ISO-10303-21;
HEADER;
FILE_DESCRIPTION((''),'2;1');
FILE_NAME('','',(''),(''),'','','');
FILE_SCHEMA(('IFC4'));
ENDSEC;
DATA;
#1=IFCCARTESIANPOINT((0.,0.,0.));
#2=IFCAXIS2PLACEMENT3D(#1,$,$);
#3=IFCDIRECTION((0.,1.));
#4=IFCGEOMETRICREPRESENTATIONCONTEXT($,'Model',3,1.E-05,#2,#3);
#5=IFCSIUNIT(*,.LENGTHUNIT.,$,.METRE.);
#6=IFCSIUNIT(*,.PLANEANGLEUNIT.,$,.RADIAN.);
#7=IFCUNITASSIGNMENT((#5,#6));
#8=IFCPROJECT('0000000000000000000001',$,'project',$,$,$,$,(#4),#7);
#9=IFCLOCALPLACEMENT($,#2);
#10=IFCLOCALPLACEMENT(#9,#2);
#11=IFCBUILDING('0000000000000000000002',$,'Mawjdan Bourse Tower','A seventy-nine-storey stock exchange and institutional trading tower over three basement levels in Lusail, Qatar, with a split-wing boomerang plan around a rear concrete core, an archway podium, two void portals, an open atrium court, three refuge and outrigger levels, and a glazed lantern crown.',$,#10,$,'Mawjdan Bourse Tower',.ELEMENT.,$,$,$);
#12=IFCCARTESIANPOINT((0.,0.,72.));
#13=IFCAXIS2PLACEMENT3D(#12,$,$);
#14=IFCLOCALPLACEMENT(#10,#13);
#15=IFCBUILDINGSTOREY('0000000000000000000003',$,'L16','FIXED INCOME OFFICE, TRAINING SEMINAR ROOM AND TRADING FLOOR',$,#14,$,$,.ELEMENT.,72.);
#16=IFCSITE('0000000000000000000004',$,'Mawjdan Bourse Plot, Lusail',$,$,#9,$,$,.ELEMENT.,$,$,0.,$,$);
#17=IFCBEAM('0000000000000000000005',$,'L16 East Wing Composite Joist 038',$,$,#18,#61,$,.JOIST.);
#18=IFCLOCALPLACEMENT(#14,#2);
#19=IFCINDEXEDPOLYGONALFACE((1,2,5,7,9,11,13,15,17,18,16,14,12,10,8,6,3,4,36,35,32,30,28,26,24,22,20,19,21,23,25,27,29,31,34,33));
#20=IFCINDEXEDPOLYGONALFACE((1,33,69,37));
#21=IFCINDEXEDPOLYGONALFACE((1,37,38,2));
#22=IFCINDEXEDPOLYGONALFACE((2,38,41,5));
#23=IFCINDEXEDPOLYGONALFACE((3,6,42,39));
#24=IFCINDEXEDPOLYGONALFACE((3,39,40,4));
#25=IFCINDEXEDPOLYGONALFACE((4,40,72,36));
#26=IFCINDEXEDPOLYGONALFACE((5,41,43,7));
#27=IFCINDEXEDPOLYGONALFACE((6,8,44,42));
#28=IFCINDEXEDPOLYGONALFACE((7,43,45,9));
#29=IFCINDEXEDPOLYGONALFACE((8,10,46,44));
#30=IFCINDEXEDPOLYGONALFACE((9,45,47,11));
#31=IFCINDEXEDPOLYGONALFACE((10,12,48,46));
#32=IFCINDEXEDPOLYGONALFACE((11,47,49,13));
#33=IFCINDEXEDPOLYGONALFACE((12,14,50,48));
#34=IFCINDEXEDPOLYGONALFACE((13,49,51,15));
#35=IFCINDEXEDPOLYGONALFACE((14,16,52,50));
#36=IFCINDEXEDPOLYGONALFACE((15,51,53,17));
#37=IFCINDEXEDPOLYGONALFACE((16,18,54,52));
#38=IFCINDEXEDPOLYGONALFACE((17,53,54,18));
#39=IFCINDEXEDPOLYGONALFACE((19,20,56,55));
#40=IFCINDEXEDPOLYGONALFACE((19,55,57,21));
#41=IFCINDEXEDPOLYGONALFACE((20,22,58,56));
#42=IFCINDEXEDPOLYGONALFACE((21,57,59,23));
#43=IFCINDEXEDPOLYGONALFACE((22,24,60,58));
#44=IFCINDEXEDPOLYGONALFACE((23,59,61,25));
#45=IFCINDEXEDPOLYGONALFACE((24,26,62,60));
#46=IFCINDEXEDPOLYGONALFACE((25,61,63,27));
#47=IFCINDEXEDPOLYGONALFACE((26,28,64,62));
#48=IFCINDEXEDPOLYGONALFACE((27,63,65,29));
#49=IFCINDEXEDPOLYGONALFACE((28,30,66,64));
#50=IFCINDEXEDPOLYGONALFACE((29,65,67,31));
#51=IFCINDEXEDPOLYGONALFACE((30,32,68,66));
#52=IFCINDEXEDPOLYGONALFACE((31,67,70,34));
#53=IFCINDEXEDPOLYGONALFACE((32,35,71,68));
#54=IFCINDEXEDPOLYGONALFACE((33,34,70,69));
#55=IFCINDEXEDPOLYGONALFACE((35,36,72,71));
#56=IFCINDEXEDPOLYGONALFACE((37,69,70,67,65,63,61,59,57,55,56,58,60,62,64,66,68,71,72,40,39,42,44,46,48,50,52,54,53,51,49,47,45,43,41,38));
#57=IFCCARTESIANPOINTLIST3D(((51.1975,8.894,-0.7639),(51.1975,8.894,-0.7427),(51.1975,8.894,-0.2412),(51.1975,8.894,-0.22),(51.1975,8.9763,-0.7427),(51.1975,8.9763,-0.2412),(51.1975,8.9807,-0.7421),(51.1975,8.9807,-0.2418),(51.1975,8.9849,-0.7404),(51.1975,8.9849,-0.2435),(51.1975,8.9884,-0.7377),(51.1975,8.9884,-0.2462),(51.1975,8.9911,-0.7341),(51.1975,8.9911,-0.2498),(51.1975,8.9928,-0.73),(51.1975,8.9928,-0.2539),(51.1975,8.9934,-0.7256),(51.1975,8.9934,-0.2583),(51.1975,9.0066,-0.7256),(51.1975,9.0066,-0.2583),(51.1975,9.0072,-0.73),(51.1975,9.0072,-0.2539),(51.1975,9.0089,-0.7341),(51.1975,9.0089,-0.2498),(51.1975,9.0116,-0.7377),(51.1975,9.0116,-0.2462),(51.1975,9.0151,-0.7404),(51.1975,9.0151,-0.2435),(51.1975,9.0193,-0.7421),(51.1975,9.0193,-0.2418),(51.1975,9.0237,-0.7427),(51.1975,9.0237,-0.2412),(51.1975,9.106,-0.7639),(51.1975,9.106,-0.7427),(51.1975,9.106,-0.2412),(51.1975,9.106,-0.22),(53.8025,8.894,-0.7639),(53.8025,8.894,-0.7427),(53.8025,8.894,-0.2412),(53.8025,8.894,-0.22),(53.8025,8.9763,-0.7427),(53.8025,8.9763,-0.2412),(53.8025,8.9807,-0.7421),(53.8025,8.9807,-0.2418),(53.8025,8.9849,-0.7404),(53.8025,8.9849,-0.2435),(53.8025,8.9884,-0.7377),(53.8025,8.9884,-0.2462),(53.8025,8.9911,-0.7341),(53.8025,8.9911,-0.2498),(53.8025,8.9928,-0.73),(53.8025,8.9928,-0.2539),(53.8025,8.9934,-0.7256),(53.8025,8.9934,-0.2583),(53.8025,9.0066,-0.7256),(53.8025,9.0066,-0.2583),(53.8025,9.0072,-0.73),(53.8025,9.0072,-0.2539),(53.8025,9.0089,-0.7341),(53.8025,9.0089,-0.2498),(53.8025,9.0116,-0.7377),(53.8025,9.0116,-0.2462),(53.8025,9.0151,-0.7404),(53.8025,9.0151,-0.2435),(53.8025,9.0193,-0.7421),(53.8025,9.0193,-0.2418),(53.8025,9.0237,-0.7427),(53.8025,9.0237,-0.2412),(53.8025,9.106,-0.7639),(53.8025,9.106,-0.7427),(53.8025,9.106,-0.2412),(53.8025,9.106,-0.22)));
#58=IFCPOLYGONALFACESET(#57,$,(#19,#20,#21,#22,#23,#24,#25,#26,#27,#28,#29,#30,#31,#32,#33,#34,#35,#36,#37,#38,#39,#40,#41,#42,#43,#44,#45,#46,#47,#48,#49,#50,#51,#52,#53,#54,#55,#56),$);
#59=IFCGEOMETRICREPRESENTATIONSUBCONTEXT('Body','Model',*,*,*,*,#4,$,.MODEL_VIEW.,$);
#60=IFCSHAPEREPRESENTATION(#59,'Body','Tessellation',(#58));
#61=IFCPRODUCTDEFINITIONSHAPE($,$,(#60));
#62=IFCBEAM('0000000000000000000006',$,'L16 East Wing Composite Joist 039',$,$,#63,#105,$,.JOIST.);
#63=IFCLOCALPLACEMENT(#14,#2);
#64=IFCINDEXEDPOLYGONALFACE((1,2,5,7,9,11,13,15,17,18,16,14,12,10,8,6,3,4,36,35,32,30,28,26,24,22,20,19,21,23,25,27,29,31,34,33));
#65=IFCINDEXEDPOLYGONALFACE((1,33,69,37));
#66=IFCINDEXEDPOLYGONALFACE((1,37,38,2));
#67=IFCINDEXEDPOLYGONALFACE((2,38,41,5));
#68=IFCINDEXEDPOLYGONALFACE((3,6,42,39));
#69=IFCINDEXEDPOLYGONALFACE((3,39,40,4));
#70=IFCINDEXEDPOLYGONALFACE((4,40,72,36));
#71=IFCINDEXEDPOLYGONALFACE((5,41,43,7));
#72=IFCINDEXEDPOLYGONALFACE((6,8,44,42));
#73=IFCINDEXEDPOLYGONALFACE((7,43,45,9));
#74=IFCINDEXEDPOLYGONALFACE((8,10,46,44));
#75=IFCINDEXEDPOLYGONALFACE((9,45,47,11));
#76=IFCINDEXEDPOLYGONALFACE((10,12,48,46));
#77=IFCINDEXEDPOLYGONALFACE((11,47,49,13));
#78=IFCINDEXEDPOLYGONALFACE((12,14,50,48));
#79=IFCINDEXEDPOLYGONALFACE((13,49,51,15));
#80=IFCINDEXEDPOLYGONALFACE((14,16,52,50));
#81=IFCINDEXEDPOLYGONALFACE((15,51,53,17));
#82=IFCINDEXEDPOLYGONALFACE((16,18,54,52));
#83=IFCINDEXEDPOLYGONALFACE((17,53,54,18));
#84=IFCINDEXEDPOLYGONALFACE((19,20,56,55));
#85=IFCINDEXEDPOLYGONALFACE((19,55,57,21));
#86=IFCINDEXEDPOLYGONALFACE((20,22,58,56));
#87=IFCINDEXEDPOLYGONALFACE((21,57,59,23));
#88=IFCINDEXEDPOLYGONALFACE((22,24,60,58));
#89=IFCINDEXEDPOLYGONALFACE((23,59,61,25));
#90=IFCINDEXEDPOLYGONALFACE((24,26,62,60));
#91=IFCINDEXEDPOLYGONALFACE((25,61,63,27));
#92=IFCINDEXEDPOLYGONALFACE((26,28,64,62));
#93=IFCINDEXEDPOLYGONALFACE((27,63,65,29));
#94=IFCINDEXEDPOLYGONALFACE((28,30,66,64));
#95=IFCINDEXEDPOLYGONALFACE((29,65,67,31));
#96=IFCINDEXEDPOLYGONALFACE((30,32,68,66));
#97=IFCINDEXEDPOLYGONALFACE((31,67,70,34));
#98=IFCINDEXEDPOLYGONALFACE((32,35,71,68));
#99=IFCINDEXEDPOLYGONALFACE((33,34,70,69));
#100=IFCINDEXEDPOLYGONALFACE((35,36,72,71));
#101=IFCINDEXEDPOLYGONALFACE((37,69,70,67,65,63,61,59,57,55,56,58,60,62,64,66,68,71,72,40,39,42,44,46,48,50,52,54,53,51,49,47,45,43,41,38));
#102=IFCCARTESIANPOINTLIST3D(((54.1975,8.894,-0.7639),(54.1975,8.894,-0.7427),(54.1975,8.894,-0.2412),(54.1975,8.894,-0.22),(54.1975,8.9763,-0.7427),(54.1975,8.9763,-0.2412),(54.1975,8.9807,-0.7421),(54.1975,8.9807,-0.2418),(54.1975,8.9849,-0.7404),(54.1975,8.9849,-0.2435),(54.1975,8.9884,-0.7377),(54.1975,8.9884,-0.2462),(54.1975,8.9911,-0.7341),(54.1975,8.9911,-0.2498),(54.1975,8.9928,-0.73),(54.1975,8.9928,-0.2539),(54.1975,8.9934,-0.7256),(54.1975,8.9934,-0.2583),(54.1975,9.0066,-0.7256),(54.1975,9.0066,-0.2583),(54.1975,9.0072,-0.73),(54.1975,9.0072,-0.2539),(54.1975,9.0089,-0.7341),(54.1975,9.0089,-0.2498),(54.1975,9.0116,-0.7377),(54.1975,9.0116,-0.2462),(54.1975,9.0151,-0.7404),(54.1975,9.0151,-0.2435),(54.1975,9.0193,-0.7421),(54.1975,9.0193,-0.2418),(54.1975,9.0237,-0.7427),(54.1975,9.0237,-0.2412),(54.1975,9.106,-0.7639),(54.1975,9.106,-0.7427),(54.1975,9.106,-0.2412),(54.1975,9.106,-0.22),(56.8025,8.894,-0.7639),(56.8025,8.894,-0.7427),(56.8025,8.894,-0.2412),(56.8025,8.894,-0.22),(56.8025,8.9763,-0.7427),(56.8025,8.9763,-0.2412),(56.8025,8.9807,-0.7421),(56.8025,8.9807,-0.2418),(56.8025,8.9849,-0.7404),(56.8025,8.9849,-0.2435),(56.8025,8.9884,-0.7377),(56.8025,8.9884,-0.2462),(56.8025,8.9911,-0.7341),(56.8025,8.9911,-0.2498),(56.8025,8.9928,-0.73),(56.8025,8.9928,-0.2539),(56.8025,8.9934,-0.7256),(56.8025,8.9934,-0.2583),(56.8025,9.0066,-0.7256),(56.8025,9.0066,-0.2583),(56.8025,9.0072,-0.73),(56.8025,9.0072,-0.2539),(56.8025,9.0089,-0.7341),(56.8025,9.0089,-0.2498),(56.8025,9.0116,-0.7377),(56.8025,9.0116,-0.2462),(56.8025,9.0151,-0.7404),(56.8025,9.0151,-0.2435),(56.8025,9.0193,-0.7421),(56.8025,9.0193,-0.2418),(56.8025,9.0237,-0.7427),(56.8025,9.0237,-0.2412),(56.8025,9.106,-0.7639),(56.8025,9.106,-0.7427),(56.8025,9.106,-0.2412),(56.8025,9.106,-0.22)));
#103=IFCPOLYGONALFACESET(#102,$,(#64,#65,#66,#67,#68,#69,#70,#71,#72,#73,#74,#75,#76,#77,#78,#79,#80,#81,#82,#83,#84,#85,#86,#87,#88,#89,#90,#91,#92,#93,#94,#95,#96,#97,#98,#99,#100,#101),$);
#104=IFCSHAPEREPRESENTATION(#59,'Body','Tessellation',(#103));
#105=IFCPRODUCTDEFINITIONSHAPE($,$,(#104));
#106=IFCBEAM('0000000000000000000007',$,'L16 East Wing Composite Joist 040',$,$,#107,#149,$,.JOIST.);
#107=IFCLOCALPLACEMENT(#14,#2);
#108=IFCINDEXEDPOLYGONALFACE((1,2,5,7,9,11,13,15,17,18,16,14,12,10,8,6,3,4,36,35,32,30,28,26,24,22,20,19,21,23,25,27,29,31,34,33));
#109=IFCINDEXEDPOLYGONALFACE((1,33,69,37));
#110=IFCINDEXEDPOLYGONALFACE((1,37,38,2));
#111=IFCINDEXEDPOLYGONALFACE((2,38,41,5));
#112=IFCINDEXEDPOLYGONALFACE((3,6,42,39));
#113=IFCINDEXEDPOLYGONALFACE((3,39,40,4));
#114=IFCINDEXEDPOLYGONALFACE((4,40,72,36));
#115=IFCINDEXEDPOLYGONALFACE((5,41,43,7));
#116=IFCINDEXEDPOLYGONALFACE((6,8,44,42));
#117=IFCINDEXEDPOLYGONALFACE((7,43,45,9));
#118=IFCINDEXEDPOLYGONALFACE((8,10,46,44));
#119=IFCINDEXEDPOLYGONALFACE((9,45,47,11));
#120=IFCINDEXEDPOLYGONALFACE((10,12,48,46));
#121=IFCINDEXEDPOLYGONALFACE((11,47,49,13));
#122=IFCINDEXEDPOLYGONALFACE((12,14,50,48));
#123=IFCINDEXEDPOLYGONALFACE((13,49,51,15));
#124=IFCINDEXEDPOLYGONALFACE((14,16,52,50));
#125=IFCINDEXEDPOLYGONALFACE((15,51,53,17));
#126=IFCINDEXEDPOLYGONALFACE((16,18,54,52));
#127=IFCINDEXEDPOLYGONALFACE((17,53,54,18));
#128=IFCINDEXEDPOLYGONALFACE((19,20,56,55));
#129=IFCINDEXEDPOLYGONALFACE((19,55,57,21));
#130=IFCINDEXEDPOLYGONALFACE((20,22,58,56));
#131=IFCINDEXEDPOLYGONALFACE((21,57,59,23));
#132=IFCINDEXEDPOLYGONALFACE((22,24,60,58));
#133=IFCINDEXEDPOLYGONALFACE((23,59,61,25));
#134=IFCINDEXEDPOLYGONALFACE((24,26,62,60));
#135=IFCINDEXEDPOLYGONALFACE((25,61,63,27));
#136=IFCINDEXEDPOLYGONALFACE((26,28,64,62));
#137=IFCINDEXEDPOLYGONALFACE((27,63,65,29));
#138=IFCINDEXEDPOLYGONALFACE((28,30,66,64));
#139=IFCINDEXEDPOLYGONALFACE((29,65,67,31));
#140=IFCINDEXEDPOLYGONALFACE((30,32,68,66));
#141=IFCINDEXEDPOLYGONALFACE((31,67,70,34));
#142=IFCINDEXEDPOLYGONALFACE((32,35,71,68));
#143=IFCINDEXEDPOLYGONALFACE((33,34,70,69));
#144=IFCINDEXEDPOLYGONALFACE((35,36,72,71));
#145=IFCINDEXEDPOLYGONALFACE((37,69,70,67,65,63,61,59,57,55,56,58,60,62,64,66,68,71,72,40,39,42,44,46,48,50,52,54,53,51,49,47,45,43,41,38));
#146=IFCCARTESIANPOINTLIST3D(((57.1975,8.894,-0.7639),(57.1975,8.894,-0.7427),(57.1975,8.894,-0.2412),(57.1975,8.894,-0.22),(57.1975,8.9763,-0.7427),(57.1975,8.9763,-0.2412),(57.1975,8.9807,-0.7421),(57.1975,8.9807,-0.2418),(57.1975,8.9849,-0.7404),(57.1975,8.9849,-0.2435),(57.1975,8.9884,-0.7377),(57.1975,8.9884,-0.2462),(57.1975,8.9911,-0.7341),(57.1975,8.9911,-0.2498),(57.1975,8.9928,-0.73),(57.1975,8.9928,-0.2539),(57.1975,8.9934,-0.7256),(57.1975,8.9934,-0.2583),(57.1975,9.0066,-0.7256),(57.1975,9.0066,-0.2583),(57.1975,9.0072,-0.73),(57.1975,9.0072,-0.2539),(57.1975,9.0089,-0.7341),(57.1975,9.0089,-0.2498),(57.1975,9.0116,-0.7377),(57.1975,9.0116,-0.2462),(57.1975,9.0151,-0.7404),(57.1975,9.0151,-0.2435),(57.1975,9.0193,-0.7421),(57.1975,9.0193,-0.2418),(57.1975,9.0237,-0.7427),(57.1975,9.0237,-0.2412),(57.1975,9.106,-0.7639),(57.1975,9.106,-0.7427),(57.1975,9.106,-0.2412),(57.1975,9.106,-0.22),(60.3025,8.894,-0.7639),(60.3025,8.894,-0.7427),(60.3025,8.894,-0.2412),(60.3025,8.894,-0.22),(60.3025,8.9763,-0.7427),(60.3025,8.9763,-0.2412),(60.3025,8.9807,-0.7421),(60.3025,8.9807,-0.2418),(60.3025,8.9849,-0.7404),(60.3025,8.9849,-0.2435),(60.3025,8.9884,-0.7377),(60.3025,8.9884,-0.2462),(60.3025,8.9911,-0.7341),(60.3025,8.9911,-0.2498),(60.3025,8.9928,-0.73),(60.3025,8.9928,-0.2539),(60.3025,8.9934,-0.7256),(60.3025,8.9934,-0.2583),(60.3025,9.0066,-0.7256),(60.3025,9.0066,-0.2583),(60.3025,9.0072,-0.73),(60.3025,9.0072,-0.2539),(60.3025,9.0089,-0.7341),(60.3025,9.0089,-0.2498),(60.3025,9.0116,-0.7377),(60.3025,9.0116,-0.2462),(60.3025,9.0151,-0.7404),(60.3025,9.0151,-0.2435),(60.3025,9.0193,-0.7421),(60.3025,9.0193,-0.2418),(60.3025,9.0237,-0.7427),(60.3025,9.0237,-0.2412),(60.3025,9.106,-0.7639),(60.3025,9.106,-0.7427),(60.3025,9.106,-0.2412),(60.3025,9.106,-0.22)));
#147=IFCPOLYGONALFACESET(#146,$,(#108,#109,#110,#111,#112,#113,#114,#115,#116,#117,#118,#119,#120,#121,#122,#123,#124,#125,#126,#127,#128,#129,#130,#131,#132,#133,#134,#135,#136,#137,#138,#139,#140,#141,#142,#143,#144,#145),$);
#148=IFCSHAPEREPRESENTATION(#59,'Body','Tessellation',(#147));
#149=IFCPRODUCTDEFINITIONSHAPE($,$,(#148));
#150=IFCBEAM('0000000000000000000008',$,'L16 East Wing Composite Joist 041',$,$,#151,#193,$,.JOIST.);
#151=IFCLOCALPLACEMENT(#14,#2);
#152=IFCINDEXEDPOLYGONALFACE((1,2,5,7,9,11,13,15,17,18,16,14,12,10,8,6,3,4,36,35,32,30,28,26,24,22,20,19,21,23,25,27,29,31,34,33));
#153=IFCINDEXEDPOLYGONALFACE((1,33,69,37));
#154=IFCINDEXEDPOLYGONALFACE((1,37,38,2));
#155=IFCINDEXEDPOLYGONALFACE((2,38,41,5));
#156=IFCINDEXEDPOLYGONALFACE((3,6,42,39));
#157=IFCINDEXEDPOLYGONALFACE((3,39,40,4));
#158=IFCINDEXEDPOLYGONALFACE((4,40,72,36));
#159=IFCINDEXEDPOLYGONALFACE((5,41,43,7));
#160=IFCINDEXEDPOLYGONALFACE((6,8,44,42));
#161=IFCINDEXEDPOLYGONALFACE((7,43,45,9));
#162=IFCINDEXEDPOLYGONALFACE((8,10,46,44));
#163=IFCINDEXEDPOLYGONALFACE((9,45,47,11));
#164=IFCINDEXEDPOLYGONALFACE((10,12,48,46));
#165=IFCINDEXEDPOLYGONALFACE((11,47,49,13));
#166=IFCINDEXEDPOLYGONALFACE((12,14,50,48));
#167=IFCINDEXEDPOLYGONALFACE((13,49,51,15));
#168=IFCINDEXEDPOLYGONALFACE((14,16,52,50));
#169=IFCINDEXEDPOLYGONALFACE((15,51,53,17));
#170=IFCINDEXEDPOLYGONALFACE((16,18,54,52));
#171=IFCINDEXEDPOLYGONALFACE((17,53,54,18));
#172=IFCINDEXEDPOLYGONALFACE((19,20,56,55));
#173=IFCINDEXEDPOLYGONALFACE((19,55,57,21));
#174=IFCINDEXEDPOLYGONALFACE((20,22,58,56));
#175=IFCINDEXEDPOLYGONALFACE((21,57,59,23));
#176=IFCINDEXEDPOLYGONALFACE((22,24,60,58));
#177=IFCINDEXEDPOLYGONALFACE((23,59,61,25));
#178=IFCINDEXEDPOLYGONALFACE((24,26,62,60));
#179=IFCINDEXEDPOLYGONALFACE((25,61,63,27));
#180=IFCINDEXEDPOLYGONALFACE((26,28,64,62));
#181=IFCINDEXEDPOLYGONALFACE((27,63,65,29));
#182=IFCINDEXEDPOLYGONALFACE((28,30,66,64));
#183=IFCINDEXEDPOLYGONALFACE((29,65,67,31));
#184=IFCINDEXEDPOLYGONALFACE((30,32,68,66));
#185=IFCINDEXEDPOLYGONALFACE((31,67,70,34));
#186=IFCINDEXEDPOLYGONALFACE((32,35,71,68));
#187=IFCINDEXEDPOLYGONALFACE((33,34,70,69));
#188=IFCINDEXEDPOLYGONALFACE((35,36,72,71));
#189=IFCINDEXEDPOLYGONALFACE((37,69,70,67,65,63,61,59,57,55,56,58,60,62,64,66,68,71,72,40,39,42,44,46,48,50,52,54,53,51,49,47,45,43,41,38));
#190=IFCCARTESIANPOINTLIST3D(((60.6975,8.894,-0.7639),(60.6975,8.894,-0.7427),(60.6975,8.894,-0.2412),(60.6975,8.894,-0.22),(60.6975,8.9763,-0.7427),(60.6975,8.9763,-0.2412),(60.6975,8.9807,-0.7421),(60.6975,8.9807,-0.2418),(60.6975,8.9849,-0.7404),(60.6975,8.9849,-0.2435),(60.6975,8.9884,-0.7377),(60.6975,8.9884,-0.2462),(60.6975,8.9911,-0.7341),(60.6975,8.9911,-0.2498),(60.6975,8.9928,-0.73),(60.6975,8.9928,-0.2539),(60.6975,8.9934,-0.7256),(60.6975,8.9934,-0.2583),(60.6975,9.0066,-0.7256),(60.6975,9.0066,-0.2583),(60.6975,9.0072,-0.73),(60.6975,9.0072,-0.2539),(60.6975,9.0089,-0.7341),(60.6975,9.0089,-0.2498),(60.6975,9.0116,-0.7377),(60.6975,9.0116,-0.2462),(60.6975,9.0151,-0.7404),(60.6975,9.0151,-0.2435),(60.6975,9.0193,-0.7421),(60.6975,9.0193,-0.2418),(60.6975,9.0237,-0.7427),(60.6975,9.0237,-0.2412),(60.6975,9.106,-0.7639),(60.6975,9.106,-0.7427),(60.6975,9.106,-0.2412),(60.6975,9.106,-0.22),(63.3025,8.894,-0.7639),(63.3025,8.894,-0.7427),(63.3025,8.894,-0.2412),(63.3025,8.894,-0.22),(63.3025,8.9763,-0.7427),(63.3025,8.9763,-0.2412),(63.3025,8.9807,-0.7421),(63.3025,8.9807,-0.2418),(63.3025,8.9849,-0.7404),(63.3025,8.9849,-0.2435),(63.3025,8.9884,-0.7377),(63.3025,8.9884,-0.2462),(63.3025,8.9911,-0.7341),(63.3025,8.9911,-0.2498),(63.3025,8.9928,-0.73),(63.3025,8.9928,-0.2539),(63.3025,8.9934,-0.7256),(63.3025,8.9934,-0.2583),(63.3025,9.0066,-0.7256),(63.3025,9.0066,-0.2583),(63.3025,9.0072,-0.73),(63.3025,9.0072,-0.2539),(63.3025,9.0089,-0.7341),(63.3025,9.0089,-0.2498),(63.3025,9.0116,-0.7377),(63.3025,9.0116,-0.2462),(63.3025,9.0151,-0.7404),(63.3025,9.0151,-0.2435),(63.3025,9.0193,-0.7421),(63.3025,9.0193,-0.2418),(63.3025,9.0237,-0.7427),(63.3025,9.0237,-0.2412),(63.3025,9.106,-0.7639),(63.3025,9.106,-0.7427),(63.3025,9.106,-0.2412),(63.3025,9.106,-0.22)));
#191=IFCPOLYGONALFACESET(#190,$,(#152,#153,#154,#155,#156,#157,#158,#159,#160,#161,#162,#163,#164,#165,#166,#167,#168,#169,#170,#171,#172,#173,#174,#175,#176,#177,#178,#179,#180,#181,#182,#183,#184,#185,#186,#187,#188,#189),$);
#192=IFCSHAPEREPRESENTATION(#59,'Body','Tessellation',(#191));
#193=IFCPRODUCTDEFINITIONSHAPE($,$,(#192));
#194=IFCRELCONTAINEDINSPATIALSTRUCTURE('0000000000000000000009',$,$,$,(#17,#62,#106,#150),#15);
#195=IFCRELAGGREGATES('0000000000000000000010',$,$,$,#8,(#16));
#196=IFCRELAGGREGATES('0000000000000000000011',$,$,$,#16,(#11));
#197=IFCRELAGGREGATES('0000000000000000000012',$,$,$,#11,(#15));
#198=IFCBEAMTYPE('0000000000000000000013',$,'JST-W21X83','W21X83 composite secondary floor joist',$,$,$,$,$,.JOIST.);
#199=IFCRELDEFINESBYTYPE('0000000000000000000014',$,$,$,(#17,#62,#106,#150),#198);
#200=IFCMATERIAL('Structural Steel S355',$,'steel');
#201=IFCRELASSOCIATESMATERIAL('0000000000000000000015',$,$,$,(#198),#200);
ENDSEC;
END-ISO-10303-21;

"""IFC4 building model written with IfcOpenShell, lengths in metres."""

from ifc_helpers import new_model, si_unit, direction, frame, origin, origin_2d, place, context, subcontext, project, spatial, i_section, extrude, material, material_profile, profile_set, type_object, element, save


model = new_model("IFC4")

# Units and contexts
model_context = context("Model", 3, precision=1e-05, world=origin(), true_north=direction((0.0, 1.0)))
body_context = subcontext(model_context, "Body", "Model", "MODEL_VIEW")
ifc_project = project(units=[si_unit("LENGTHUNIT", "METRE"), si_unit("PLANEANGLEUNIT", "RADIAN")], contexts=[model_context])

# Site, building, storey
site_placement = place(None, origin())
site = spatial("IfcSite", under=ifc_project, at=site_placement, Name="Mawjdan Bourse Plot, Lusail", CompositionType="ELEMENT", RefElevation=0.0)
building_placement = place(site_placement, origin())
building = spatial("IfcBuilding", under=site, at=building_placement, Name="Mawjdan Bourse Tower", Description="A seventy-nine-storey stock exchange and institutional trading tower over three basement levels in Lusail, Qatar, with a split-wing boomerang plan around a rear concrete core, an archway podium, two void portals, an open atrium court, three refuge and outrigger levels, and a glazed lantern crown.", LongName="Mawjdan Bourse Tower", CompositionType="ELEMENT")
storey_placement = place(building_placement, frame((0.0, 0.0, 72.0)))
storey = spatial("IfcBuildingStorey", under=building, at=storey_placement, Name="L16", Description="FIXED INCOME OFFICE, TRAINING SEMINAR ROOM AND TRADING FLOOR", CompositionType="ELEMENT", Elevation=72.0)

# Beams
ifc_material_1 = material(Name="Structural Steel S355", Category="steel")
ifc_material_profile_1 = material_profile(ifc_material_1, i_section(OverallWidth=0.2119, OverallDepth=0.5439, WebThickness=0.0132, FlangeThickness=0.0212, FilletRadius=0.0171, at=origin_2d()), Name="W21X83")
ifc_profile_set_1 = profile_set([ifc_material_profile_1], Name="Structural Steel S355")
beam_type_1 = type_object("IfcBeamType", Name="JST-W21X83", Description="W21X83 composite secondary floor joist", PredefinedType="JOIST", material=ifc_profile_set_1)
for number, where, z_axis, x_axis, name in (
    (1, (51.1975, 9.0, -0.4919), (1.0, 0.0, 0.0), (0.0, 1.0, 0.0), "L16 East Wing Composite Joist 038"),
    (2, (54.1975, 9.0, -0.4919), (1.0, 0.0, 0.0), (0.0, 1.0, 0.0), "L16 East Wing Composite Joist 039"),
):
    element("IfcBeam", number, at=place(storey_placement, frame(where, z_axis=z_axis, x_axis=x_axis)), inside=storey, type_object=beam_type_1, Name=name, PredefinedType="JOIST", context=body_context, shape_type="SweptSolid", body=[
        extrude(i_section(OverallWidth=0.2119, OverallDepth=0.5439, WebThickness=0.0132, FlangeThickness=0.0212, FilletRadius=0.0171, at=origin_2d()), origin(), (0.0, 0.0, 1.0), 2.605),
    ])
beam_1_placement = place(storey_placement, frame((57.1975, 9.0, -0.4919), z_axis=(1.0, 0.0, 0.0), x_axis=(0.0, 1.0, 0.0)))
element("IfcBeam", 3, at=beam_1_placement, inside=storey, type_object=beam_type_1, Name="L16 East Wing Composite Joist 040", PredefinedType="JOIST", context=body_context, shape_type="SweptSolid", body=[
    extrude(i_section(OverallWidth=0.2119, OverallDepth=0.5439, WebThickness=0.0132, FlangeThickness=0.0212, FilletRadius=0.0171, at=origin_2d()), origin(), (0.0, 0.0, 1.0), 3.105),
])
for number, where, z_axis, x_axis, name in (
    (4, (60.6975, 9.0, -0.4919), (1.0, 0.0, 0.0), (0.0, 1.0, 0.0), "L16 East Wing Composite Joist 041"),
):
    element("IfcBeam", number, at=place(storey_placement, frame(where, z_axis=z_axis, x_axis=x_axis)), inside=storey, type_object=beam_type_1, Name=name, PredefinedType="JOIST", context=body_context, shape_type="SweptSolid", body=[
        extrude(i_section(OverallWidth=0.2119, OverallDepth=0.5439, WebThickness=0.0132, FlangeThickness=0.0212, FilletRadius=0.0171, at=origin_2d()), origin(), (0.0, 0.0, 1.0), 2.605),
    ])

save(model, "model.ifc")
